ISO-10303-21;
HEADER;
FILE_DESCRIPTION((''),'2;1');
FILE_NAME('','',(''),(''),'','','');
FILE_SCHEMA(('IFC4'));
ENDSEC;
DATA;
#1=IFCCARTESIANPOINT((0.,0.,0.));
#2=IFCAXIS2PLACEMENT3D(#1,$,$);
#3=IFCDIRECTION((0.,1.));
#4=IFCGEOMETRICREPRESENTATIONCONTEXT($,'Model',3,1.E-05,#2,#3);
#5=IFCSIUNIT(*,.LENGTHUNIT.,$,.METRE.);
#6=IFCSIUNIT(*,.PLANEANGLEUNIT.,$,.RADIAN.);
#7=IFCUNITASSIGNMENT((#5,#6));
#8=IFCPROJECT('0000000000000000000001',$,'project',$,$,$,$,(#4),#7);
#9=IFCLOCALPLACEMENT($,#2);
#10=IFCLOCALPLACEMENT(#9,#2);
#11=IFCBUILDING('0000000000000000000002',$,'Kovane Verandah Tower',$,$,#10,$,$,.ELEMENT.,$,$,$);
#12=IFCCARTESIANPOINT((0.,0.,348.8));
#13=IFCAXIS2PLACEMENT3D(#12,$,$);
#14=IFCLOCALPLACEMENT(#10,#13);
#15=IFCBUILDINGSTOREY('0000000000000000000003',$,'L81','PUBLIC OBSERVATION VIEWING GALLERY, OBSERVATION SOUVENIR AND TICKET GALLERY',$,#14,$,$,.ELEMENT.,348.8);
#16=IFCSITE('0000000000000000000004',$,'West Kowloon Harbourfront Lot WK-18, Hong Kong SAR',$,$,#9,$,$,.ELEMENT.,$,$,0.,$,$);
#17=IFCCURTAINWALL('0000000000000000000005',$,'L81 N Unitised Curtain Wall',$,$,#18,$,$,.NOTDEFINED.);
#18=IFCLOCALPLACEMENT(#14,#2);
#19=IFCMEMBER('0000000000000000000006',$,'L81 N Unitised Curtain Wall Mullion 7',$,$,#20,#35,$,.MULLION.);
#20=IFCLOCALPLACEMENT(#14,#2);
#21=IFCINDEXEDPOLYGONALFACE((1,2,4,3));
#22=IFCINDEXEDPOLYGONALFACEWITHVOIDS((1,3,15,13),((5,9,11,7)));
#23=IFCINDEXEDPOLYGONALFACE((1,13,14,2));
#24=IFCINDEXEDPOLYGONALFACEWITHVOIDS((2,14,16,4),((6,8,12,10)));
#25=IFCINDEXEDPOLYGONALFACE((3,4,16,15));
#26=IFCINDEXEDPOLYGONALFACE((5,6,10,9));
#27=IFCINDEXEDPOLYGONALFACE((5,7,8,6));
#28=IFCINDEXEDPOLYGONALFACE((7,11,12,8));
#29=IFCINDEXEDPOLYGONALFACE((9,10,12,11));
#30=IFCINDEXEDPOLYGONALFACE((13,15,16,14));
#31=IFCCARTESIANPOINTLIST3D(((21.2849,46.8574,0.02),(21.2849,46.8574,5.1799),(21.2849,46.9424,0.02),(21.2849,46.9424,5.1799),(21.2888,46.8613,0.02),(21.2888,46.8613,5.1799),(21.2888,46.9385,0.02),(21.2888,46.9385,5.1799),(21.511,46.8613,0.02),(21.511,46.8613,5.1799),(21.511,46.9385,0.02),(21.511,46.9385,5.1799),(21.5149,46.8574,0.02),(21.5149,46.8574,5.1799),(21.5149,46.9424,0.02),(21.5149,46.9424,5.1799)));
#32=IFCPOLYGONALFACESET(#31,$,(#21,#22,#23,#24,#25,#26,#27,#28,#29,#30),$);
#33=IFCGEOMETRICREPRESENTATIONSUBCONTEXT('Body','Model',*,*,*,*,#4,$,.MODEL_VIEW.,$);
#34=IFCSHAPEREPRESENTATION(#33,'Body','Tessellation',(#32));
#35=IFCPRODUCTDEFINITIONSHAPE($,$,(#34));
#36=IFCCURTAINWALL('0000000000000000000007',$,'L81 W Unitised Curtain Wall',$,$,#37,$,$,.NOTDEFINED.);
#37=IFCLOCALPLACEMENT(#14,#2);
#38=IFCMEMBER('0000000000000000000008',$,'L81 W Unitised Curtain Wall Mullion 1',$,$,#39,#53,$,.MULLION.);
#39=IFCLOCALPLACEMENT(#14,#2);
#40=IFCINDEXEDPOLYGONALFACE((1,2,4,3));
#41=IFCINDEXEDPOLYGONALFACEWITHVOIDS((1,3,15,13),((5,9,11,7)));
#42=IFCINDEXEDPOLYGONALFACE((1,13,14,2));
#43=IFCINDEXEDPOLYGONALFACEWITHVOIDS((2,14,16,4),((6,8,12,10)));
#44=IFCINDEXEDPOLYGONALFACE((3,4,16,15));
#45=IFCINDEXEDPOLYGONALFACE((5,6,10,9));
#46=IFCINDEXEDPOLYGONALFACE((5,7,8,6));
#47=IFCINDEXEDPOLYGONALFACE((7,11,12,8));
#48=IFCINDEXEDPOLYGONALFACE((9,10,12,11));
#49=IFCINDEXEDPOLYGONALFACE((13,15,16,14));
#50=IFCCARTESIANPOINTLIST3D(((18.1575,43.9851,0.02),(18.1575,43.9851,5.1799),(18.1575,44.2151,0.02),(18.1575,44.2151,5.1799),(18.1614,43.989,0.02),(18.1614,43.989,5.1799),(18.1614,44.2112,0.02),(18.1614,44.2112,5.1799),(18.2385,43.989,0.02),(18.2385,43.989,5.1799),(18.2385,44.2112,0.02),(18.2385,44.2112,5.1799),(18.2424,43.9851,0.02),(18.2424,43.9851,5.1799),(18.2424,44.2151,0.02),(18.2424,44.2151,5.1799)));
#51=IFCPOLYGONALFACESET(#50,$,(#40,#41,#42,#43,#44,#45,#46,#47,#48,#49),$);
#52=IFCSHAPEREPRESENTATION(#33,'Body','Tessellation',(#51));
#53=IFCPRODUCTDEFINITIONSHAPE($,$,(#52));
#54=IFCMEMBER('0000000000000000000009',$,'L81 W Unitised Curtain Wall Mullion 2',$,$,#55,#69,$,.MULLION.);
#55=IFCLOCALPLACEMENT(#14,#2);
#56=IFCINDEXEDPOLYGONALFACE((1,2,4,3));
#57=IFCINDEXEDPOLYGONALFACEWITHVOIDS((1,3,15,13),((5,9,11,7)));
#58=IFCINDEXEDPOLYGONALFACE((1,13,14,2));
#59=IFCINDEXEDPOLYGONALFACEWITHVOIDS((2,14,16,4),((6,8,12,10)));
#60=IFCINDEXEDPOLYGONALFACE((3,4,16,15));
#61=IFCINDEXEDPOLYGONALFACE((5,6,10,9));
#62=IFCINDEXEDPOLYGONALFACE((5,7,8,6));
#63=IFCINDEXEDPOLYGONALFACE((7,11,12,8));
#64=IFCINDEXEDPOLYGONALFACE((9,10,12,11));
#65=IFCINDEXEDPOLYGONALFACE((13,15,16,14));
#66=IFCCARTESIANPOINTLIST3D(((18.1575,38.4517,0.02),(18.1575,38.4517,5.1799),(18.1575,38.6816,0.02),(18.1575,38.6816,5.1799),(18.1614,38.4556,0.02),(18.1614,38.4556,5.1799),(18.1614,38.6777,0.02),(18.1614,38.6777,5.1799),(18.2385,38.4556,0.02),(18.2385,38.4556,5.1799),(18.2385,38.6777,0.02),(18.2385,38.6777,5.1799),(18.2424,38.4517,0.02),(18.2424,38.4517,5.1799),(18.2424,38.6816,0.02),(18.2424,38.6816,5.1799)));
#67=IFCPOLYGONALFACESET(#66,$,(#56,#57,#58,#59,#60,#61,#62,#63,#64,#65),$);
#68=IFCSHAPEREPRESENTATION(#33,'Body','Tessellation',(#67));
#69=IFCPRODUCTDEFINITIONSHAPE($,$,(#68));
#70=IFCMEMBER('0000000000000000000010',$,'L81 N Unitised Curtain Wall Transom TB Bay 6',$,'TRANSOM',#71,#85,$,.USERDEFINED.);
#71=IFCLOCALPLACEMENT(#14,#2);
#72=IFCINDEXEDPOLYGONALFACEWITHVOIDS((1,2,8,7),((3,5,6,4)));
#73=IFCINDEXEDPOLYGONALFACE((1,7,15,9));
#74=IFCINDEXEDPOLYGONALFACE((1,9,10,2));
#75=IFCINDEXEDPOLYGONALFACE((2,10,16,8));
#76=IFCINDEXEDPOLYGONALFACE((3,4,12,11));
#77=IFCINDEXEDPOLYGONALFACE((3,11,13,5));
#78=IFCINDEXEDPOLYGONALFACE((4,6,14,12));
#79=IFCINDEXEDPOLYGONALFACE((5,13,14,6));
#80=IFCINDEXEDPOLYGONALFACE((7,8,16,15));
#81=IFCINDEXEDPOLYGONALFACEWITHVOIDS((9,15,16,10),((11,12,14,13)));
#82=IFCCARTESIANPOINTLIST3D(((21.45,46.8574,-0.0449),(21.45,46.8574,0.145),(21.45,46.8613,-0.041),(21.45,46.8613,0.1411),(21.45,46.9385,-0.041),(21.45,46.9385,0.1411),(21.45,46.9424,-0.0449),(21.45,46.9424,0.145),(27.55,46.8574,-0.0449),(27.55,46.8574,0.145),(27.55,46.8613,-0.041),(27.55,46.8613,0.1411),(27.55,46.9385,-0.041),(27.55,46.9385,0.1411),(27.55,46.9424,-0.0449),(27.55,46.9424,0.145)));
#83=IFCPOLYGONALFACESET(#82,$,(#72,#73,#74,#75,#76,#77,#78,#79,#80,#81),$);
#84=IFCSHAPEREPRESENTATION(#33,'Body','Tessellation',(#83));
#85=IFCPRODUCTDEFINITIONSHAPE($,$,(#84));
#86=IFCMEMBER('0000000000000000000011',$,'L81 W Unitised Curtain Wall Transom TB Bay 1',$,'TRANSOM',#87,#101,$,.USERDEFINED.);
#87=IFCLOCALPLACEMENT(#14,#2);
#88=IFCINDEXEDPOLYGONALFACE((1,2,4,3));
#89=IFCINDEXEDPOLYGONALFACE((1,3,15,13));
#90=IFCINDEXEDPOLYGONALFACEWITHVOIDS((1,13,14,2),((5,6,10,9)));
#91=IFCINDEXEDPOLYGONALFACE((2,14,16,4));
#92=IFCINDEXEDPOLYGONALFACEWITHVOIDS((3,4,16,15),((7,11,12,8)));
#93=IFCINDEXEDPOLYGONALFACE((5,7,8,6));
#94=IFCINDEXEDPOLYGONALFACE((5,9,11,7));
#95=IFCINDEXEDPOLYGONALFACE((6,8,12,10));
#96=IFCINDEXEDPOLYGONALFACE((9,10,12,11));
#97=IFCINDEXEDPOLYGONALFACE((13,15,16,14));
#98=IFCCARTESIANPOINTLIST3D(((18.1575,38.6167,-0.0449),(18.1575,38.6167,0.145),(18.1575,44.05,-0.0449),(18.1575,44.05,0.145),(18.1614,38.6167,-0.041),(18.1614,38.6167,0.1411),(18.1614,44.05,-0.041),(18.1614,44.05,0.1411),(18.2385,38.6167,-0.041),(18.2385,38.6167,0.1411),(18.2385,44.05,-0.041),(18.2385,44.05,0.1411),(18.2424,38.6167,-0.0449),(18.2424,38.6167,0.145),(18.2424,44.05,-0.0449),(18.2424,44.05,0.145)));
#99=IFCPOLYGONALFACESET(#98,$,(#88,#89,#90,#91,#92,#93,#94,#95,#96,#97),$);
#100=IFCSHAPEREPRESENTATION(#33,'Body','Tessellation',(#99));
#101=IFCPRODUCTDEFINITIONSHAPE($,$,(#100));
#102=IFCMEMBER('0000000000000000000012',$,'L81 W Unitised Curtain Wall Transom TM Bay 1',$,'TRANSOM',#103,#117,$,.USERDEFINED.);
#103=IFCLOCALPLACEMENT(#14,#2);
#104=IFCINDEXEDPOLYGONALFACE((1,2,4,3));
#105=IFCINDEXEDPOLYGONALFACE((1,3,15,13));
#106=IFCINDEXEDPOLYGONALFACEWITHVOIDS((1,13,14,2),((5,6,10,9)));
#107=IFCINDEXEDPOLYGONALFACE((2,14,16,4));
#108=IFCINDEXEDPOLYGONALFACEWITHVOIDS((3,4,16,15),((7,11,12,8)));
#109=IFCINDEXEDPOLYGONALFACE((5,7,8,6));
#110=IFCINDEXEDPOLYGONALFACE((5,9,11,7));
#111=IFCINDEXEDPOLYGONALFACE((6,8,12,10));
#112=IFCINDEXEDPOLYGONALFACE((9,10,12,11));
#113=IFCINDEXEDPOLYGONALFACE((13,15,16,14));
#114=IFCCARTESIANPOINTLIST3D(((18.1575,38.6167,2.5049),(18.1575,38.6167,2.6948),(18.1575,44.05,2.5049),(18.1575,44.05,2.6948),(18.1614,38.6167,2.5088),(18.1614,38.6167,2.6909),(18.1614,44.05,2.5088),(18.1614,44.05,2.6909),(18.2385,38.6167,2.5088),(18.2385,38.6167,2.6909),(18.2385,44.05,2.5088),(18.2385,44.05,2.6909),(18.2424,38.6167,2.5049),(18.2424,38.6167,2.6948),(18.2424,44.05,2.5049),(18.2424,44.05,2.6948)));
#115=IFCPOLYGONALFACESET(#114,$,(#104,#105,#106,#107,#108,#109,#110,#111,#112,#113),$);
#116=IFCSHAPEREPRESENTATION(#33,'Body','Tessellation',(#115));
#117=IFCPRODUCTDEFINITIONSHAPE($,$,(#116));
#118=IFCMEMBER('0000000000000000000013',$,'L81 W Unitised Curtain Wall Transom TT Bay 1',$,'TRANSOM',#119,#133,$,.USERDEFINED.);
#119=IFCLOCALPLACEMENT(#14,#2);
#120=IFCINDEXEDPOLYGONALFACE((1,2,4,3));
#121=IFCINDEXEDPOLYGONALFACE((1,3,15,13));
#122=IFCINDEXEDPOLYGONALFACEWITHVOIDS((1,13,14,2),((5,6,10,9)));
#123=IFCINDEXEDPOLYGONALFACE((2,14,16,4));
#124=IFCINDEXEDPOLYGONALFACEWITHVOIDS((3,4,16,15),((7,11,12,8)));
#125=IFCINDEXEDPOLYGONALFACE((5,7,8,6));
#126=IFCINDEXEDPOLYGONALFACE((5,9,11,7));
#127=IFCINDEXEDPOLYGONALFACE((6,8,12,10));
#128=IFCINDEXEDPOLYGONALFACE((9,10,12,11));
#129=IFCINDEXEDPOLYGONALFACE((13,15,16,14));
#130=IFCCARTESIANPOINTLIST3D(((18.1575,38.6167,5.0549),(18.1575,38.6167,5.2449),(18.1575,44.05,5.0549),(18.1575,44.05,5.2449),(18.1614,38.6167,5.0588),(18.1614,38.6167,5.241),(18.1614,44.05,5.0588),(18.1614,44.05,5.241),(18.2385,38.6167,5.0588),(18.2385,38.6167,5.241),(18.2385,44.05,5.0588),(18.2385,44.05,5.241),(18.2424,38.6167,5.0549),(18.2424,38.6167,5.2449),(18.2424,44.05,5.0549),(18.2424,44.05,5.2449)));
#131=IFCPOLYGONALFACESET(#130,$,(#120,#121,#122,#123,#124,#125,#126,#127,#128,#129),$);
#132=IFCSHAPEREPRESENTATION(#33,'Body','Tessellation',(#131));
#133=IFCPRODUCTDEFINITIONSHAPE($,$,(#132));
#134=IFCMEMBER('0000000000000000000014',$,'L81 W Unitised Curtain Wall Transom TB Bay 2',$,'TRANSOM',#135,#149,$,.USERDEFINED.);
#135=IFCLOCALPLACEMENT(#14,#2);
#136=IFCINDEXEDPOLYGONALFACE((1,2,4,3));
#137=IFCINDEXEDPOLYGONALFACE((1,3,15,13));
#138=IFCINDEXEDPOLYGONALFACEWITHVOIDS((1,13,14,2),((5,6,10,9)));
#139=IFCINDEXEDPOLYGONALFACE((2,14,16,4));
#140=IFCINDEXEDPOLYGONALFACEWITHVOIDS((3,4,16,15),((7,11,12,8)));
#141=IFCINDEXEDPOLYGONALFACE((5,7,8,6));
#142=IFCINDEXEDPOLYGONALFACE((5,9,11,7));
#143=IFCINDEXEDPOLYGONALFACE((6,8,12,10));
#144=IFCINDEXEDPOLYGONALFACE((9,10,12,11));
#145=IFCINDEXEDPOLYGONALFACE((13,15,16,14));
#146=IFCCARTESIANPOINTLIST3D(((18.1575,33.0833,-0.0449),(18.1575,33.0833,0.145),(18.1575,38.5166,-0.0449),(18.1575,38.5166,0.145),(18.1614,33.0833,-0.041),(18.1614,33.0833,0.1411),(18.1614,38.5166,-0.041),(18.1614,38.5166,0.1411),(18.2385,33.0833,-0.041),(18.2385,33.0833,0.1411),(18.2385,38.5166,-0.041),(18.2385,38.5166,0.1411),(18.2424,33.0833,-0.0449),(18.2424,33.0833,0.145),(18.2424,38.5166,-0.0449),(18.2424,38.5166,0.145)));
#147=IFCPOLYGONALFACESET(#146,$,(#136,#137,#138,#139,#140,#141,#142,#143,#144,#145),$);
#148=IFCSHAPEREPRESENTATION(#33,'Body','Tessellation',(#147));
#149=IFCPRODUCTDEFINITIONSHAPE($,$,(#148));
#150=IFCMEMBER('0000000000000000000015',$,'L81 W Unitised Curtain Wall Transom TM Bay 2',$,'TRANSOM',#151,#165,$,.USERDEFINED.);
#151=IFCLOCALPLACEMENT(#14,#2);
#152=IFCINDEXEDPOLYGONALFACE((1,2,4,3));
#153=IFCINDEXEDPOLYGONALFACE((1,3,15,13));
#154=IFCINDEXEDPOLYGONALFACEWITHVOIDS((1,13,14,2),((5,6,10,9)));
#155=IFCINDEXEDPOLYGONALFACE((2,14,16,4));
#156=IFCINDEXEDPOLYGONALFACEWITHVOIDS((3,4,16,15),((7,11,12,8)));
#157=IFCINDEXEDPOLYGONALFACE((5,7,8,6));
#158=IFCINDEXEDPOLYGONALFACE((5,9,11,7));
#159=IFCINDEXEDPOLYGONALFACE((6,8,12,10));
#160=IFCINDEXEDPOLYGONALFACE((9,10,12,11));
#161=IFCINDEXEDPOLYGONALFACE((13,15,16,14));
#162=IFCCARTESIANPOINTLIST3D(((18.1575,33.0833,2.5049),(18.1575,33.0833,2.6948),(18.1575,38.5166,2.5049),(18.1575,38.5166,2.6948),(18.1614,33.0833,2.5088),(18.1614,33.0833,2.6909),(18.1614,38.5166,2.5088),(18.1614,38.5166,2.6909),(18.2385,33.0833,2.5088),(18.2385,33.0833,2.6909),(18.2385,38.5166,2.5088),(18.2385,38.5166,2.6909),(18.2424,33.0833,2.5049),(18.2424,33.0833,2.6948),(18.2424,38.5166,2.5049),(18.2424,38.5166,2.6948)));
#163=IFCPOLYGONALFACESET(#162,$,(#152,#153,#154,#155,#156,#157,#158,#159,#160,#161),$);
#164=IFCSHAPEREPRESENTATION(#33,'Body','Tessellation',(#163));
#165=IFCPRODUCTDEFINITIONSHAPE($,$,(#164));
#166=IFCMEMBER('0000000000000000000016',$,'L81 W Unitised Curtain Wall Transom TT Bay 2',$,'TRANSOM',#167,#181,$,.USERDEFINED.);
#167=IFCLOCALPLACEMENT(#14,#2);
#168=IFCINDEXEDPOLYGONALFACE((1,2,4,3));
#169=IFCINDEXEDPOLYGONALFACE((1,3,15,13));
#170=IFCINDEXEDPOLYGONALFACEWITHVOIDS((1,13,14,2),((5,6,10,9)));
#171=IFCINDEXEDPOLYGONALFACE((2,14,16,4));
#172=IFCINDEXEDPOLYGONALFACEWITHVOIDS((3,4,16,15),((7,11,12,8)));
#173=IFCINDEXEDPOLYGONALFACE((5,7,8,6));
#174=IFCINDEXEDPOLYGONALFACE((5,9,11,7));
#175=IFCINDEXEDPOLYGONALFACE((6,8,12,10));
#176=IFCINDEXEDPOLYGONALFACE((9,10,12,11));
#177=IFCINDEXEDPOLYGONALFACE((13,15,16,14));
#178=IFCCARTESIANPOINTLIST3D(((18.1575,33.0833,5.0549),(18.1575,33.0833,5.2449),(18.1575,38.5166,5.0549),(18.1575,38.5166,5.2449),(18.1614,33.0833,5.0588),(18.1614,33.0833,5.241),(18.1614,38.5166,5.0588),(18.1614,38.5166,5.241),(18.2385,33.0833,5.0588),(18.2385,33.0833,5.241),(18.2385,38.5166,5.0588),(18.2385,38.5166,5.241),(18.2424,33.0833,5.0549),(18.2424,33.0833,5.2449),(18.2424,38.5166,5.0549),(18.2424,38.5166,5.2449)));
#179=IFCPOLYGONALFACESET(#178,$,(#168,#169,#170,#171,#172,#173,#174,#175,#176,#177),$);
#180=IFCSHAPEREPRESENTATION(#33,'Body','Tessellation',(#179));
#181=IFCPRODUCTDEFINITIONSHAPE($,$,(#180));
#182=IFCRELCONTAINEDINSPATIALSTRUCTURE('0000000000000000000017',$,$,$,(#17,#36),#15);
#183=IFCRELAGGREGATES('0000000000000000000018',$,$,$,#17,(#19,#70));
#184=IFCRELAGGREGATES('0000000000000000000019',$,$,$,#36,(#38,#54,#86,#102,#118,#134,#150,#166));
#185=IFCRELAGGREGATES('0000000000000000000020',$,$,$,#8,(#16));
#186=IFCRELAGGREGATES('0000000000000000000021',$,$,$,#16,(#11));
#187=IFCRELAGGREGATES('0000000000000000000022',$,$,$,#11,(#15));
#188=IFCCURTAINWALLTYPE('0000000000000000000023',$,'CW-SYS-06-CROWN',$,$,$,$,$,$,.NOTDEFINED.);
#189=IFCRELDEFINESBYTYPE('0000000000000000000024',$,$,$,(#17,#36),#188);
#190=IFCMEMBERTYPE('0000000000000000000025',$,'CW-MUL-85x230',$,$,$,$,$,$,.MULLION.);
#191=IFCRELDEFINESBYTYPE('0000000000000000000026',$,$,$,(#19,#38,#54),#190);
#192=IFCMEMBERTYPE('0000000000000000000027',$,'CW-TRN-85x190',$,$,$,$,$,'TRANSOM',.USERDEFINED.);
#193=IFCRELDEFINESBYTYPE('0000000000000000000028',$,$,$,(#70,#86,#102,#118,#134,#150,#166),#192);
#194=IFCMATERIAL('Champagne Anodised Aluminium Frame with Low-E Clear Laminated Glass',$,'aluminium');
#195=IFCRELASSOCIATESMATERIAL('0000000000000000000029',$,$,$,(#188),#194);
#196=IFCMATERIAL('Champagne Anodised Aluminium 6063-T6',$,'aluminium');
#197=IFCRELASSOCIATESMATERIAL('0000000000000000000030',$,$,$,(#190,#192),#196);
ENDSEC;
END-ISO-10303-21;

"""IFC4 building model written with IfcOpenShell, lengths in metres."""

from ifc_helpers import new_model, si_unit, direction, frame, origin, origin_2d, place, context, subcontext, project, spatial, hollow_rectangle, extrude, material, material_profile, profile_set, type_object, element, aggregate, save


model = new_model("IFC4")

# Units and contexts
model_context = context("Model", 3, precision=1e-05, world=origin(), true_north=direction((0.0, 1.0)))
body_context = subcontext(model_context, "Body", "Model", "MODEL_VIEW")
ifc_project = project(units=[si_unit("LENGTHUNIT", "METRE"), si_unit("PLANEANGLEUNIT", "RADIAN")], contexts=[model_context])

# Site, building, storey
site_placement = place(None, origin())
site = spatial("IfcSite", under=ifc_project, at=site_placement, Name="West Kowloon Harbourfront Lot WK-18, Hong Kong SAR", CompositionType="ELEMENT", RefElevation=0.0)
building_placement = place(site_placement, origin())
building = spatial("IfcBuilding", under=site, at=building_placement, Name="Kovane Verandah Tower", CompositionType="ELEMENT")
storey_placement = place(building_placement, frame((0.0, 0.0, 348.8)))
storey = spatial("IfcBuildingStorey", under=building, at=storey_placement, Name="L81", Description="PUBLIC OBSERVATION VIEWING GALLERY, OBSERVATION SOUVENIR AND TICKET GALLERY", CompositionType="ELEMENT", Elevation=348.8)

# Curtain wall, member
ifc_material_1 = material(Name="Champagne Anodised Aluminium Frame with Low-E Clear Laminated Glass", Category="aluminium")
curtain_wall_type = type_object("IfcCurtainWallType", Name="CW-SYS-06-CROWN", PredefinedType="NOTDEFINED", material=ifc_material_1)
curtain_wall_1_placement = place(storey_placement, origin())
curtain_wall_1 = element("IfcCurtainWall", 1, at=curtain_wall_1_placement, inside=storey, type_object=curtain_wall_type, Name="L81 N Unitised Curtain Wall", PredefinedType="NOTDEFINED")
ifc_material_2 = material(Name="Champagne Anodised Aluminium 6063-T6", Category="aluminium")
ifc_material_profile_1 = material_profile(ifc_material_2, hollow_rectangle(XDim=0.085, YDim=0.23, WallThickness=0.0039, at=origin_2d()), Name="AL85x230x4")
ifc_profile_set_1 = profile_set([ifc_material_profile_1], Name="Champagne Anodised Aluminium 6063-T6")
member_type_1 = type_object("IfcMemberType", Name="CW-MUL-85x230", PredefinedType="MULLION", material=ifc_profile_set_1)
member_1_placement = place(storey_placement, frame((21.3999, 46.8999, 0.02), z_axis=(0.0, 0.0, 1.0), x_axis=(0.0, 1.0, 0.0)))
member_1 = element("IfcMember", 2, at=member_1_placement, type_object=member_type_1, Name="L81 N Unitised Curtain Wall Mullion 7", PredefinedType="MULLION", context=body_context, shape_type="SweptSolid", body=[
    extrude(hollow_rectangle(XDim=0.085, YDim=0.23, WallThickness=0.0039, at=origin_2d()), origin(), (0.0, 0.0, 1.0), 5.1599),
])

# Curtain wall, members
curtain_wall_2_placement = place(storey_placement, origin())
curtain_wall_2 = element("IfcCurtainWall", 3, at=curtain_wall_2_placement, inside=storey, type_object=curtain_wall_type, Name="L81 W Unitised Curtain Wall", PredefinedType="NOTDEFINED")
member_2_placement = place(storey_placement, frame((18.2, 44.1001, 0.02), z_axis=(0.0, 0.0, 1.0), x_axis=(-1.0, 0.0, 0.0)))
member_2 = element("IfcMember", 4, at=member_2_placement, type_object=member_type_1, Name="L81 W Unitised Curtain Wall Mullion 1", PredefinedType="MULLION", context=body_context, shape_type="SweptSolid", body=[
    extrude(hollow_rectangle(XDim=0.085, YDim=0.23, WallThickness=0.0039, at=origin_2d()), origin(), (0.0, 0.0, 1.0), 5.1599),
])
member_3_placement = place(storey_placement, frame((18.2, 38.5667, 0.02), z_axis=(0.0, 0.0, 1.0), x_axis=(-1.0, 0.0, 0.0)))
member_3 = element("IfcMember", 5, at=member_3_placement, type_object=member_type_1, Name="L81 W Unitised Curtain Wall Mullion 2", PredefinedType="MULLION", context=body_context, shape_type="SweptSolid", body=[
    extrude(hollow_rectangle(XDim=0.085, YDim=0.23, WallThickness=0.0039, at=origin_2d()), origin(), (0.0, 0.0, 1.0), 5.1599),
])

# Members
ifc_material_profile_2 = material_profile(ifc_material_2, hollow_rectangle(XDim=0.085, YDim=0.1899, WallThickness=0.0039, at=origin_2d()), Name="AL85x190x4")
ifc_profile_set_2 = profile_set([ifc_material_profile_2], Name="Champagne Anodised Aluminium 6063-T6")
member_type_2 = type_object("IfcMemberType", Name="CW-TRN-85x190", ElementType="TRANSOM", PredefinedType="USERDEFINED", material=ifc_profile_set_2)
member_4_placement = place(storey_placement, frame((27.55, 46.8999, 0.05), z_axis=(-1.0, 0.0, 0.0), x_axis=(0.0, -1.0, 0.0)))
member_4 = element("IfcMember", 6, at=member_4_placement, type_object=member_type_2, Name="L81 N Unitised Curtain Wall Transom TB Bay 6", ObjectType="TRANSOM", PredefinedType="USERDEFINED", context=body_context, shape_type="SweptSolid", body=[
    extrude(hollow_rectangle(XDim=0.085, YDim=0.1899, WallThickness=0.0039, at=origin_2d()), origin(), (0.0, 0.0, 1.0), 6.1001),
])
member_5_placement = place(storey_placement, frame((18.2, 44.05, 0.05), z_axis=(0.0, -1.0, 0.0), x_axis=(1.0, 0.0, 0.0)))
member_5 = element("IfcMember", 7, at=member_5_placement, type_object=member_type_2, Name="L81 W Unitised Curtain Wall Transom TB Bay 1", ObjectType="TRANSOM", PredefinedType="USERDEFINED", context=body_context, shape_type="SweptSolid", body=[
    extrude(hollow_rectangle(XDim=0.085, YDim=0.1899, WallThickness=0.0039, at=origin_2d()), origin(), (0.0, 0.0, 1.0), 5.4333),
])
member_6_placement = place(storey_placement, frame((18.2, 44.05, 2.5999), z_axis=(0.0, -1.0, 0.0), x_axis=(1.0, 0.0, 0.0)))
member_6 = element("IfcMember", 8, at=member_6_placement, type_object=member_type_2, Name="L81 W Unitised Curtain Wall Transom TM Bay 1", ObjectType="TRANSOM", PredefinedType="USERDEFINED", context=body_context, shape_type="SweptSolid", body=[
    extrude(hollow_rectangle(XDim=0.085, YDim=0.1899, WallThickness=0.0039, at=origin_2d()), origin(), (0.0, 0.0, 1.0), 5.4333),
])
member_7_placement = place(storey_placement, frame((18.2, 44.05, 5.1499), z_axis=(0.0, -1.0, 0.0), x_axis=(1.0, 0.0, 0.0)))
member_7 = element("IfcMember", 9, at=member_7_placement, type_object=member_type_2, Name="L81 W Unitised Curtain Wall Transom TT Bay 1", ObjectType="TRANSOM", PredefinedType="USERDEFINED", context=body_context, shape_type="SweptSolid", body=[
    extrude(hollow_rectangle(XDim=0.085, YDim=0.1899, WallThickness=0.0039, at=origin_2d()), origin(), (0.0, 0.0, 1.0), 5.4333),
])
member_8_placement = place(storey_placement, frame((18.2, 38.5166, 0.05), z_axis=(0.0, -1.0, 0.0), x_axis=(1.0, 0.0, 0.0)))
member_8 = element("IfcMember", 10, at=member_8_placement, type_object=member_type_2, Name="L81 W Unitised Curtain Wall Transom TB Bay 2", ObjectType="TRANSOM", PredefinedType="USERDEFINED", context=body_context, shape_type="SweptSolid", body=[
    extrude(hollow_rectangle(XDim=0.085, YDim=0.1899, WallThickness=0.0039, at=origin_2d()), origin(), (0.0, 0.0, 1.0), 5.4333),
])
member_9_placement = place(storey_placement, frame((18.2, 38.5166, 2.5999), z_axis=(0.0, -1.0, 0.0), x_axis=(1.0, 0.0, 0.0)))
member_9 = element("IfcMember", 11, at=member_9_placement, type_object=member_type_2, Name="L81 W Unitised Curtain Wall Transom TM Bay 2", ObjectType="TRANSOM", PredefinedType="USERDEFINED", context=body_context, shape_type="SweptSolid", body=[
    extrude(hollow_rectangle(XDim=0.085, YDim=0.1899, WallThickness=0.0039, at=origin_2d()), origin(), (0.0, 0.0, 1.0), 5.4333),
])
member_10_placement = place(storey_placement, frame((18.2, 38.5166, 5.1499), z_axis=(0.0, -1.0, 0.0), x_axis=(1.0, 0.0, 0.0)))
member_10 = element("IfcMember", 12, at=member_10_placement, type_object=member_type_2, Name="L81 W Unitised Curtain Wall Transom TT Bay 2", ObjectType="TRANSOM", PredefinedType="USERDEFINED", context=body_context, shape_type="SweptSolid", body=[
    extrude(hollow_rectangle(XDim=0.085, YDim=0.1899, WallThickness=0.0039, at=origin_2d()), origin(), (0.0, 0.0, 1.0), 5.4333),
])

aggregate(curtain_wall_1, [member_1, member_4])
aggregate(curtain_wall_2, [member_2, member_3, member_5, member_6, member_7, member_8, member_9, member_10])

save(model, "model.ifc")
